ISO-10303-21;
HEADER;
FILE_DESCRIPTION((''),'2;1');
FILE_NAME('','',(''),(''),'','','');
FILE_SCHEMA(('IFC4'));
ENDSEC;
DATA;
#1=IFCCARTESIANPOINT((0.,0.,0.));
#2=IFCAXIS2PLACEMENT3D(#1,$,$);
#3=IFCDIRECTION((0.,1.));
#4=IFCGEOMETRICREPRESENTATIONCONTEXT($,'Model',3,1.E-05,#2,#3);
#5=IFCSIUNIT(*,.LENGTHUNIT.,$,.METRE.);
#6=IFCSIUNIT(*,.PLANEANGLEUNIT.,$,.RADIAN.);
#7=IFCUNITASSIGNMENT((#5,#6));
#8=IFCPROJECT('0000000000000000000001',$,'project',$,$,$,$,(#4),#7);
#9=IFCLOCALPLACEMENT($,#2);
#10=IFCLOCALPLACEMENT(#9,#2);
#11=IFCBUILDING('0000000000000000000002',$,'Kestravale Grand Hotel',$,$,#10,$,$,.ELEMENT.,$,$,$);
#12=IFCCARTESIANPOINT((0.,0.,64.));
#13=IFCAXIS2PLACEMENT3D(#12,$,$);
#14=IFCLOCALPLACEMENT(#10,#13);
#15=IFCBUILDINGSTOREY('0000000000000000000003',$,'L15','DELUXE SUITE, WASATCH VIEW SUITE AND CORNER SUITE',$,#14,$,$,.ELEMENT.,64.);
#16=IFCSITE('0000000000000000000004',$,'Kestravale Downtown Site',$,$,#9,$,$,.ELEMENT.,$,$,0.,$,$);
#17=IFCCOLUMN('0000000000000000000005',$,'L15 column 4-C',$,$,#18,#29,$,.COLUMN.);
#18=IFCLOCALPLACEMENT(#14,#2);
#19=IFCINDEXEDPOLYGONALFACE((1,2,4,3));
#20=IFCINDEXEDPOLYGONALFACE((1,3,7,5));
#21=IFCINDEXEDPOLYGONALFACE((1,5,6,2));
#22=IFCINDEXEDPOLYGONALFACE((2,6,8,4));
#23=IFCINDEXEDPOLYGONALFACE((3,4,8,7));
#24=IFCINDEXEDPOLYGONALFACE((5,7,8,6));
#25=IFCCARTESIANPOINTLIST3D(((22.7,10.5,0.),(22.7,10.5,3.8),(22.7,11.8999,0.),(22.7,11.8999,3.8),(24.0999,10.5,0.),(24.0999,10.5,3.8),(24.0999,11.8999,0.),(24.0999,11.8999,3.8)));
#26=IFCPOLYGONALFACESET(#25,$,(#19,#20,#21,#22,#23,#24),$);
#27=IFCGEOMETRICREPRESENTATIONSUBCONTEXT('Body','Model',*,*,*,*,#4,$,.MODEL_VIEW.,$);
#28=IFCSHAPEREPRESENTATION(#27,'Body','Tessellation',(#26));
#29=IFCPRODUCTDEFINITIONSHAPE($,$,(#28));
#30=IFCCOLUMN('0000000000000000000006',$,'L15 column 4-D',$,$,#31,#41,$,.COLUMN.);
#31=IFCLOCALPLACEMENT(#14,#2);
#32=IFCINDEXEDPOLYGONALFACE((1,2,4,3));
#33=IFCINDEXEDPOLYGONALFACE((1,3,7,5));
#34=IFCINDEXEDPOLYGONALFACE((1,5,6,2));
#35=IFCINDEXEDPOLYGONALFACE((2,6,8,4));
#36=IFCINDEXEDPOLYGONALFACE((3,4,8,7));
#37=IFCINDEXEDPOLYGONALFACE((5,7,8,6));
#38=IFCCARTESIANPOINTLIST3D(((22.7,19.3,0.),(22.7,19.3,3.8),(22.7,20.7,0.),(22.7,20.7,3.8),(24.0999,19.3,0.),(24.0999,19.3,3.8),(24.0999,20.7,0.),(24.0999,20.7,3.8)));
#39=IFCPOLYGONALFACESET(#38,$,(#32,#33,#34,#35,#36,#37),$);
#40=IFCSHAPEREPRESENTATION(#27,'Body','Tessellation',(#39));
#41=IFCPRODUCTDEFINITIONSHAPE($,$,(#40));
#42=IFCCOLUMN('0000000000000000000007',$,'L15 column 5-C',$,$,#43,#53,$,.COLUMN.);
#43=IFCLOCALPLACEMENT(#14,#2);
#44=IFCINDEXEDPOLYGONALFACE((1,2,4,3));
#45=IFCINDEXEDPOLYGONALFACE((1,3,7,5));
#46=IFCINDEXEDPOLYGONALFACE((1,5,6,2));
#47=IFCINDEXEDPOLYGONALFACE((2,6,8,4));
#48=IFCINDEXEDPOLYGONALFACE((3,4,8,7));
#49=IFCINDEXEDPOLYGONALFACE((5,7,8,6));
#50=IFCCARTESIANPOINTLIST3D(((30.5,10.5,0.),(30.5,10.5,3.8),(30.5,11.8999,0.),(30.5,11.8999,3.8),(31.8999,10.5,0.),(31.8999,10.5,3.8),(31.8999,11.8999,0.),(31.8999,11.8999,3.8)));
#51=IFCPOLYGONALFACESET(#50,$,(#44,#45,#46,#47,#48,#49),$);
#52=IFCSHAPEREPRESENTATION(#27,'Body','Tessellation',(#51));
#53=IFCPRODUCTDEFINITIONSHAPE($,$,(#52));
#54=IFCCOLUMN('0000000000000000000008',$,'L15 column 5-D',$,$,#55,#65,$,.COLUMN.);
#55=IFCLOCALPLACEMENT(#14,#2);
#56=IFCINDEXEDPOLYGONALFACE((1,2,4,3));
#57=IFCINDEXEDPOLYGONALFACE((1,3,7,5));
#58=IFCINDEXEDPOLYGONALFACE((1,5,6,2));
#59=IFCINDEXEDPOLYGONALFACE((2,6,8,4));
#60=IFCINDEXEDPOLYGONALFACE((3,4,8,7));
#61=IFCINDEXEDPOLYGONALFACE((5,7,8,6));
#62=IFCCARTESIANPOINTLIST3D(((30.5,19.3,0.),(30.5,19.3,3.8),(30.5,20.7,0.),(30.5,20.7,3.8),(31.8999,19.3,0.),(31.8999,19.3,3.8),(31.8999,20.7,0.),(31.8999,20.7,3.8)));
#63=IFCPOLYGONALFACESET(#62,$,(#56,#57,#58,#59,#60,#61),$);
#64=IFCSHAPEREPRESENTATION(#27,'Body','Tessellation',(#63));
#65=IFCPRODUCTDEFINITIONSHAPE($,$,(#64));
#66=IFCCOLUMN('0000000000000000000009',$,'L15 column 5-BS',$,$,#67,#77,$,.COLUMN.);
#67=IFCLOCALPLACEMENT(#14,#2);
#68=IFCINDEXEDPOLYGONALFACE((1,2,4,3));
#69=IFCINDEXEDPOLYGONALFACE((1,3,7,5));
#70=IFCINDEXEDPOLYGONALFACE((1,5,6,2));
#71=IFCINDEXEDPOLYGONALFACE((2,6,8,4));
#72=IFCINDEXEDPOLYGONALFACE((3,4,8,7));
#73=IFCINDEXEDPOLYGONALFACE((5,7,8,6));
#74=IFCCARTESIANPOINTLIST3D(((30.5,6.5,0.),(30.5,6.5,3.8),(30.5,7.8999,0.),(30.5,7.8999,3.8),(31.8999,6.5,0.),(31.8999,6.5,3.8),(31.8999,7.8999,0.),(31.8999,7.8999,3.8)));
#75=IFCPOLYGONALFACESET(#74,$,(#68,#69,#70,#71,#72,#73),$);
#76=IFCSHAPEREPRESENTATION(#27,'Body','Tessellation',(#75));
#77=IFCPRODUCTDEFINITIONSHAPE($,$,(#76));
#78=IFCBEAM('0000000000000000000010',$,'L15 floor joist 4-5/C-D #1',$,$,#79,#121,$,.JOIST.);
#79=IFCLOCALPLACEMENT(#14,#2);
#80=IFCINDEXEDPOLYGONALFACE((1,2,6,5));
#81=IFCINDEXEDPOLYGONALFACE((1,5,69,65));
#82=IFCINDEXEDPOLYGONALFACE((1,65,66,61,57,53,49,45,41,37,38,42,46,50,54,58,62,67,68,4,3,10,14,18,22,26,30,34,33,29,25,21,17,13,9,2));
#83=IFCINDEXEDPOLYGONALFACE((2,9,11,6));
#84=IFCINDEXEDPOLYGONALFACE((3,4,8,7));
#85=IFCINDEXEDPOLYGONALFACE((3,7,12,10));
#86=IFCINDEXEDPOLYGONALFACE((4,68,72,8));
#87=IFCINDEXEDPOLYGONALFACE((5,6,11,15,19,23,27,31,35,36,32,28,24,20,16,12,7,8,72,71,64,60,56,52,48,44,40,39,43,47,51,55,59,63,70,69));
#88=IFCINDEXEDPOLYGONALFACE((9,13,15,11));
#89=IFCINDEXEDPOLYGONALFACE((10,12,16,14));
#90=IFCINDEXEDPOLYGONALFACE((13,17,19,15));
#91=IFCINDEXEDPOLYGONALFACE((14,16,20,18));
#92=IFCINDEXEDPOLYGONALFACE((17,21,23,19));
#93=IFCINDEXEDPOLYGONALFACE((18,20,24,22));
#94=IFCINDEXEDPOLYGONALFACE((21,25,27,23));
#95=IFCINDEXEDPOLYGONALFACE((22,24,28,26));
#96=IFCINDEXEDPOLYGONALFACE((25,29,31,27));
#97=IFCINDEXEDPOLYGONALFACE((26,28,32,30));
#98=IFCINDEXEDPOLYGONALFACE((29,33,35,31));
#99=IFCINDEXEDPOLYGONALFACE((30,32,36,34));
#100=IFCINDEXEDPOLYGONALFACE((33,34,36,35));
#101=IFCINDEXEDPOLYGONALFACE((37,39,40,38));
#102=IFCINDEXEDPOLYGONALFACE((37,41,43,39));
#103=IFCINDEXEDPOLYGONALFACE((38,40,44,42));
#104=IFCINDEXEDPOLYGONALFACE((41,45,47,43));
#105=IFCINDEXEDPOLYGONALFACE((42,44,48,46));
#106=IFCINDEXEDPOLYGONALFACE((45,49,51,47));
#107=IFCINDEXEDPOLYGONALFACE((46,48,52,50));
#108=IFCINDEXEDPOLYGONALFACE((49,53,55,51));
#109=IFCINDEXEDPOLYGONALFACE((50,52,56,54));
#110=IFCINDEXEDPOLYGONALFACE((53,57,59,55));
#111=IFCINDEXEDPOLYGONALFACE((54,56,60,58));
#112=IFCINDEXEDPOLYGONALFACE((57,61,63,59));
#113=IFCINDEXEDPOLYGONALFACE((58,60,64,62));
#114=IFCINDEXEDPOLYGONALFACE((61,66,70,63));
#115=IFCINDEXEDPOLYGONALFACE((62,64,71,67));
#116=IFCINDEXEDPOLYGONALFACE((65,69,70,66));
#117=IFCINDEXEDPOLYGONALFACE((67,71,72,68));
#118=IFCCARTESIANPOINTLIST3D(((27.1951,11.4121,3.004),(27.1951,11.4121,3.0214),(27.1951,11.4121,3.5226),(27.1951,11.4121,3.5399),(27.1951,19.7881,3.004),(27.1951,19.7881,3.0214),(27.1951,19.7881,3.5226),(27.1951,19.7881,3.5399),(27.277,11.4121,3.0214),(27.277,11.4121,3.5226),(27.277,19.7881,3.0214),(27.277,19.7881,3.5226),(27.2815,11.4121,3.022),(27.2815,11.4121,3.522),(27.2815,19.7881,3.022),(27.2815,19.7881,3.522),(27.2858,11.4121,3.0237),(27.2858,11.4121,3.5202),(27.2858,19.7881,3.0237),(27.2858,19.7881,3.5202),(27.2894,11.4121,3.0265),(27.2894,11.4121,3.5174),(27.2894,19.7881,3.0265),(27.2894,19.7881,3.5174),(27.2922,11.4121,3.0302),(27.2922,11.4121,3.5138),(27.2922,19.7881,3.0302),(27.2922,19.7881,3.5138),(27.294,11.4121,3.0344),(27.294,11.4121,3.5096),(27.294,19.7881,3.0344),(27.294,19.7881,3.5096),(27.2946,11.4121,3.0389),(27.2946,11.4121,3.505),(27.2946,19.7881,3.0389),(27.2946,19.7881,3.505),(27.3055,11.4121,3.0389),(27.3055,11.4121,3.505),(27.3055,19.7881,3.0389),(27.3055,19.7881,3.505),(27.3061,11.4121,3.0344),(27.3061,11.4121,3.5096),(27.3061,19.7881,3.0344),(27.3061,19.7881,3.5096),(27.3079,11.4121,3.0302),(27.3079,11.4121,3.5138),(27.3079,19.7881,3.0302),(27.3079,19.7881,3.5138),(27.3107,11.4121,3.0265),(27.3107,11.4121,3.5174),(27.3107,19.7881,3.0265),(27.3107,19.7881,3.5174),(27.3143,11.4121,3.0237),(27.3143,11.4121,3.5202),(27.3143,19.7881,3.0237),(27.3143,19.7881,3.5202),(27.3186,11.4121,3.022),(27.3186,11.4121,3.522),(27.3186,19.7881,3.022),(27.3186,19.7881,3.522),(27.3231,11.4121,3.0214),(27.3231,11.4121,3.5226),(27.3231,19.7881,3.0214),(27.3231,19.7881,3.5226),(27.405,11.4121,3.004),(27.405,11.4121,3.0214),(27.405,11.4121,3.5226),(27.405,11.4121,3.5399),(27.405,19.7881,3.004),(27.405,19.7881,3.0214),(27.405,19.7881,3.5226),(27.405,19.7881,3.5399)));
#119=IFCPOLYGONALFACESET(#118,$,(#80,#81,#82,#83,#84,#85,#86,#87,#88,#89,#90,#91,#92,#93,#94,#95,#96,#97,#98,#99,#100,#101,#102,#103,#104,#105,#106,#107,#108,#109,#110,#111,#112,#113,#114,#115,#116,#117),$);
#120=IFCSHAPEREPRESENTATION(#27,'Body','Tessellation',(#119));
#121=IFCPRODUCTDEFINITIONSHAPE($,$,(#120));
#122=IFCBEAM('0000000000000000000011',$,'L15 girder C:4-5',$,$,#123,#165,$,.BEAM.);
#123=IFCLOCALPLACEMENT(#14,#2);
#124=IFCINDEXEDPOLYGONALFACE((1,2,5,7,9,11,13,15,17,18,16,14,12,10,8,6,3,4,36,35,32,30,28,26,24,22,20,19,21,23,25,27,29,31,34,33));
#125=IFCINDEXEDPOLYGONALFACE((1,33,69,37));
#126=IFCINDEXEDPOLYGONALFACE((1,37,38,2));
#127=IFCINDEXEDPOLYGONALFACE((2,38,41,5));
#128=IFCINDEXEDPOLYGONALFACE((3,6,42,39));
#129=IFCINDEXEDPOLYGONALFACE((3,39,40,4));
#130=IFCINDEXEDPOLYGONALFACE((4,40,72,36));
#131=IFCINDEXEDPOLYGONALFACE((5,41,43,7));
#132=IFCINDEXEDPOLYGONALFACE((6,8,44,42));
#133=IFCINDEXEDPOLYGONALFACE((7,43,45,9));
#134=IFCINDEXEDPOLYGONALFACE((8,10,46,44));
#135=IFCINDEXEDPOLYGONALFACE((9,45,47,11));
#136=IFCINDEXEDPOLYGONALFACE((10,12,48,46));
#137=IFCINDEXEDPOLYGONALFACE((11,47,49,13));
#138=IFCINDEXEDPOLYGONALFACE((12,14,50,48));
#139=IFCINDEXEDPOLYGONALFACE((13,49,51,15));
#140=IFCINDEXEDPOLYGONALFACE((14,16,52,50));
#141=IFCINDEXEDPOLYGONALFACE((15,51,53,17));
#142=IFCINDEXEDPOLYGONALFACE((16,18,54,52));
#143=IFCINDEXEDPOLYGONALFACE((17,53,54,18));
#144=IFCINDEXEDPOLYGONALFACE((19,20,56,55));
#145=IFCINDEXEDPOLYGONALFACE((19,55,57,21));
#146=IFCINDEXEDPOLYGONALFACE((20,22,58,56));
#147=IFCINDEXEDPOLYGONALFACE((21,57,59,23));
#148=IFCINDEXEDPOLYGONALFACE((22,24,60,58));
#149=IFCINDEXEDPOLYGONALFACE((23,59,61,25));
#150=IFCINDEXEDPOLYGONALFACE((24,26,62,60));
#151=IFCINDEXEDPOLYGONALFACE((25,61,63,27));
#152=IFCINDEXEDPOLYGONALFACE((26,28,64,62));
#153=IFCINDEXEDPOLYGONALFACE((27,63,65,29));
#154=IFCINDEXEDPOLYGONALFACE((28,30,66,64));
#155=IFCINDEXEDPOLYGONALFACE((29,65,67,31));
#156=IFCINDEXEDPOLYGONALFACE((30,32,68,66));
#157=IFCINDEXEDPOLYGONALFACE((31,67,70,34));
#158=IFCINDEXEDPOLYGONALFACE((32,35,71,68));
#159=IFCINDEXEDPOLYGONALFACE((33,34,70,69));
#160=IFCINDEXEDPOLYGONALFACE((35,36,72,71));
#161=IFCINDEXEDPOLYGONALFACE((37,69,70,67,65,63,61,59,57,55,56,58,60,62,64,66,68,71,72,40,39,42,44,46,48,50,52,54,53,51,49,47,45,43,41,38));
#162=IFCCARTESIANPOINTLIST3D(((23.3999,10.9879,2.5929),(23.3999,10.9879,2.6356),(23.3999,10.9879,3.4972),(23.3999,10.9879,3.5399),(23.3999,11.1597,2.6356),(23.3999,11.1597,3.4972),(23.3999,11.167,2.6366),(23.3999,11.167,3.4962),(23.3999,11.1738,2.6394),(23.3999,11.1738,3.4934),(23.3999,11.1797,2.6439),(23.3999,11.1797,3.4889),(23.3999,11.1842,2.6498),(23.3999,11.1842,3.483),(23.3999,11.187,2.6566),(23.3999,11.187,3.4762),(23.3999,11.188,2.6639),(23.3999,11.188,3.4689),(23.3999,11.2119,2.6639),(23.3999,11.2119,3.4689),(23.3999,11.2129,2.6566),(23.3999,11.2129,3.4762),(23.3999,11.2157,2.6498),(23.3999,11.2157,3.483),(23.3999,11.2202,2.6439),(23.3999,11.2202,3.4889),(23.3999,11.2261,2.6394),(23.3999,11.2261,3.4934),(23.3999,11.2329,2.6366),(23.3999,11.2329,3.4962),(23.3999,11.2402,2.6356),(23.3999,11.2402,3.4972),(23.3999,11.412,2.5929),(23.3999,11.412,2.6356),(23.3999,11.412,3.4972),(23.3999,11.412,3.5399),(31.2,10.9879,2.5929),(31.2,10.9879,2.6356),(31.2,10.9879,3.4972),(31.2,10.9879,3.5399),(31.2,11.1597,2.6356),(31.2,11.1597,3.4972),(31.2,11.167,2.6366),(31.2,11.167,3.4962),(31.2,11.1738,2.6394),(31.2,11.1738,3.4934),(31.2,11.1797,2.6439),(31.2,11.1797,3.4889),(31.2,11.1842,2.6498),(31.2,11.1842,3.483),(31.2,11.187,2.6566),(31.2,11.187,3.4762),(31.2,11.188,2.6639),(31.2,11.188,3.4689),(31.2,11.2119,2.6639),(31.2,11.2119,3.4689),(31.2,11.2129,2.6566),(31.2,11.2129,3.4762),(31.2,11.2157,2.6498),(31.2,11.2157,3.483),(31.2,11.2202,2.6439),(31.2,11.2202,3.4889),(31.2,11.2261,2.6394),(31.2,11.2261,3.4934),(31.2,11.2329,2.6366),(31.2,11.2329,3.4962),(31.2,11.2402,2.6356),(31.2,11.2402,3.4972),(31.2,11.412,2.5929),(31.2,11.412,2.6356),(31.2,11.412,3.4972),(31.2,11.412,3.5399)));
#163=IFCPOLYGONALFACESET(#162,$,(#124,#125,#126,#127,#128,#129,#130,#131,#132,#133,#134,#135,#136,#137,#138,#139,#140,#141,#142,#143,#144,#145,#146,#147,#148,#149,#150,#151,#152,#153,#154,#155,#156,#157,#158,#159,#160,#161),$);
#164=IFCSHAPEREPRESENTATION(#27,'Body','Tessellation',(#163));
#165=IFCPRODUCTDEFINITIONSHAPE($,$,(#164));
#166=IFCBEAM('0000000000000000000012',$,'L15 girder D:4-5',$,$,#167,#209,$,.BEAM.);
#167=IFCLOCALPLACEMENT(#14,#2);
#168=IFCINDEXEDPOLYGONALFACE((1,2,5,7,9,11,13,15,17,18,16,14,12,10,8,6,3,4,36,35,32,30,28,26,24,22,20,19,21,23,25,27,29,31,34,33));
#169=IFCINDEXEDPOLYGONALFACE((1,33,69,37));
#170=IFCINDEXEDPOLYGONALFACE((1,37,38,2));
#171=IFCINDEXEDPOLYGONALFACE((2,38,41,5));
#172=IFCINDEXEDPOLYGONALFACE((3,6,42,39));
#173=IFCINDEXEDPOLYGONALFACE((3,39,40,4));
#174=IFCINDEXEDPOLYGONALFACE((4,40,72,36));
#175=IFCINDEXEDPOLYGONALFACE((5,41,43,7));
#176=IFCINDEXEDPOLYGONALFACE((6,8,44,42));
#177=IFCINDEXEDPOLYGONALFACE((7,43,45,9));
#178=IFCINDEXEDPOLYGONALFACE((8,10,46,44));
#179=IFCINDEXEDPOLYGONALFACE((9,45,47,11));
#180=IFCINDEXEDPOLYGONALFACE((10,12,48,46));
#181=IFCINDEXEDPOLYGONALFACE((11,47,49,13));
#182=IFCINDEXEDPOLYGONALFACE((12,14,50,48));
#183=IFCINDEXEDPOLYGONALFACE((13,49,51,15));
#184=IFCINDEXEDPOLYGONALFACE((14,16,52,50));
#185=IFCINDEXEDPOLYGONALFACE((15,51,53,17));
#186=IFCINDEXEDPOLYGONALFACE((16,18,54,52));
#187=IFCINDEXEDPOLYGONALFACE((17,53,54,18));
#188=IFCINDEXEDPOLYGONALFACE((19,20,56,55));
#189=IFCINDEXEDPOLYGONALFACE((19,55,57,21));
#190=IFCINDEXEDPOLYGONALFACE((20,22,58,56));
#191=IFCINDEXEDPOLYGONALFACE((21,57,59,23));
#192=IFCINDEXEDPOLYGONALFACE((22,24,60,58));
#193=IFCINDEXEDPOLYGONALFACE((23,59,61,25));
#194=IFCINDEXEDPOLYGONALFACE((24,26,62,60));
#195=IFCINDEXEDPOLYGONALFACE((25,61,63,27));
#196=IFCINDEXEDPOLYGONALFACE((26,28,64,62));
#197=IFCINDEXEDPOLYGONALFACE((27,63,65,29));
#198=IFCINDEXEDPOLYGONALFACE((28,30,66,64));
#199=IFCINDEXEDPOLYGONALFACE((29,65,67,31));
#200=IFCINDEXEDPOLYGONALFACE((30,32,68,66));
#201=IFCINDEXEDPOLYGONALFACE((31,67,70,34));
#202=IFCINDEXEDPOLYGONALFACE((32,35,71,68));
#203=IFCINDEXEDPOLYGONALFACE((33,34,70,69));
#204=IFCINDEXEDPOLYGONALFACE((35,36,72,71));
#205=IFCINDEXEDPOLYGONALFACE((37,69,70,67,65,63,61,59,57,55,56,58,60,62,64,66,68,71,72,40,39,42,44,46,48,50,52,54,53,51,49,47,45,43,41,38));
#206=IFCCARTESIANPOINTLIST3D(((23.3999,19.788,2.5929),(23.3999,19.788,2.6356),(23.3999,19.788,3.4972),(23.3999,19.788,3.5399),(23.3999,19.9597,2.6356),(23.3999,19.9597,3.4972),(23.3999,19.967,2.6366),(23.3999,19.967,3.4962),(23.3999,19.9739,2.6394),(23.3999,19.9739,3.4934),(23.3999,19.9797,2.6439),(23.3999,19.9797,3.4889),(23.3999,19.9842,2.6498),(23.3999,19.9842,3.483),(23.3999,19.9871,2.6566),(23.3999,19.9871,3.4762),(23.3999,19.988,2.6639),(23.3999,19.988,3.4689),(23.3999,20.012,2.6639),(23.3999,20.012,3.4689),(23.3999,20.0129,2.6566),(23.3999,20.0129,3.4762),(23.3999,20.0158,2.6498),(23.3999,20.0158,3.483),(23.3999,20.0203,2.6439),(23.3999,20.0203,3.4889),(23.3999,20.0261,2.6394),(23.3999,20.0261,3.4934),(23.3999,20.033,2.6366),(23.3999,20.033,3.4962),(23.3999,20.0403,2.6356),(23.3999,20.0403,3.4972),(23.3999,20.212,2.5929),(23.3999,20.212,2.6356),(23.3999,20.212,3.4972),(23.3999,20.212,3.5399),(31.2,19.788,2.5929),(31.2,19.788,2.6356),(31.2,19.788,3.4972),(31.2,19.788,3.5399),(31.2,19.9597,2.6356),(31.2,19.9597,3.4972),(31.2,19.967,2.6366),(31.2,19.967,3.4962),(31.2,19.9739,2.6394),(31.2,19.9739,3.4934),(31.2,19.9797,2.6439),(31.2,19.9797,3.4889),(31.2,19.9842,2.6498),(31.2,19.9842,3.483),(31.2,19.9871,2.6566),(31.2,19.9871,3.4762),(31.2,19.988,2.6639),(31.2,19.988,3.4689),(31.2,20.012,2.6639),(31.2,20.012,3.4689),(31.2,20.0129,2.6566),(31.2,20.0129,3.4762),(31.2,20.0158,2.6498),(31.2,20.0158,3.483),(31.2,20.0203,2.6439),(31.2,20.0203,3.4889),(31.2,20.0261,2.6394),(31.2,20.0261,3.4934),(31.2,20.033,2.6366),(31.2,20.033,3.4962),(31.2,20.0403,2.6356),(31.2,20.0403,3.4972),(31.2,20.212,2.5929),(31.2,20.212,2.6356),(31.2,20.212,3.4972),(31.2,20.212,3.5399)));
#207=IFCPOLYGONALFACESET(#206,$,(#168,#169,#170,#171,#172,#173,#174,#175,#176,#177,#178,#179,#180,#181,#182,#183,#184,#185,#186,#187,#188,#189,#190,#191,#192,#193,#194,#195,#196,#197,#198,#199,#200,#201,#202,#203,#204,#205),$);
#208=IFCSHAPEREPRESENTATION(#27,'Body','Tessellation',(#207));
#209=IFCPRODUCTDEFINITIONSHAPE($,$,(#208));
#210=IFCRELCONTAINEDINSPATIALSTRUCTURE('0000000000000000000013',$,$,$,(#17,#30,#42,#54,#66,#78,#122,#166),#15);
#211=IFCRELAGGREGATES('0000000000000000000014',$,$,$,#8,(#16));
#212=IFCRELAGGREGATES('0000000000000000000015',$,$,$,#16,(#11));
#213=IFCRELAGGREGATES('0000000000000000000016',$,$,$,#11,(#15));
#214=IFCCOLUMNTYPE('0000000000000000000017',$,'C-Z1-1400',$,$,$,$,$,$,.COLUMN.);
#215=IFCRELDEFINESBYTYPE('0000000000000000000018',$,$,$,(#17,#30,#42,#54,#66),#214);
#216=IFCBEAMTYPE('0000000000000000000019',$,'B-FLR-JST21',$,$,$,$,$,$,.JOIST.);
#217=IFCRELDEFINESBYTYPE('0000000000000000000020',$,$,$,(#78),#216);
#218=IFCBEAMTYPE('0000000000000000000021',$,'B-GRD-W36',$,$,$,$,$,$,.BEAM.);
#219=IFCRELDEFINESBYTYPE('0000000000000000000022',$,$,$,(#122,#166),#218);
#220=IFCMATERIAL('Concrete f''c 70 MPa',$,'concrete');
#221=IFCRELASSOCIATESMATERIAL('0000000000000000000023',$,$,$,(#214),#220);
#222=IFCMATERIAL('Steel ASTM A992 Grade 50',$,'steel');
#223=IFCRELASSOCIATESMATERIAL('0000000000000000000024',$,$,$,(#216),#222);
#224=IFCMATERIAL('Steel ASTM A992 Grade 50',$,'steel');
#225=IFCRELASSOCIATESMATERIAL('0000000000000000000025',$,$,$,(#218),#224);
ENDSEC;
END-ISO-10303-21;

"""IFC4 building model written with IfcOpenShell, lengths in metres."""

from ifc_helpers import new_model, si_unit, direction, frame, origin, origin_2d, place, context, subcontext, project, spatial, rectangle, i_section, extrude, material, material_profile, profile_set, type_object, element, save


model = new_model("IFC4")

# Units and contexts
model_context = context("Model", 3, precision=1e-05, world=origin(), true_north=direction((0.0, 1.0)))
body_context = subcontext(model_context, "Body", "Model", "MODEL_VIEW")
ifc_project = project(units=[si_unit("LENGTHUNIT", "METRE"), si_unit("PLANEANGLEUNIT", "RADIAN")], contexts=[model_context])

# Site, building, storey
site_placement = place(None, origin())
site = spatial("IfcSite", under=ifc_project, at=site_placement, Name="Kestravale Downtown Site", CompositionType="ELEMENT", RefElevation=0.0)
building_placement = place(site_placement, origin())
building = spatial("IfcBuilding", under=site, at=building_placement, Name="Kestravale Grand Hotel", CompositionType="ELEMENT")
storey_placement = place(building_placement, frame((0.0, 0.0, 64.0)))
storey = spatial("IfcBuildingStorey", under=building, at=storey_placement, Name="L15", Description="DELUXE SUITE, WASATCH VIEW SUITE AND CORNER SUITE", CompositionType="ELEMENT", Elevation=64.0)

# Columns
ifc_material_1 = material(Name="Concrete f'c 70 MPa", Category="concrete")
ifc_material_profile_1 = material_profile(ifc_material_1, rectangle(XDim=1.3999, YDim=1.3999, at=origin_2d()))
ifc_profile_set_1 = profile_set([ifc_material_profile_1], Name="Concrete f'c 70 MPa")
column_type = type_object("IfcColumnType", Name="C-Z1-1400", PredefinedType="COLUMN", material=ifc_profile_set_1)
for number, where, z_axis, x_axis, name in (
    (1, (23.3999, 11.2, 0.0), (0.0, 0.0, 1.0), (1.0, 0.0, 0.0), "L15 column 4-C"),
    (2, (23.3999, 20.0, 0.0), (0.0, 0.0, 1.0), (1.0, 0.0, 0.0), "L15 column 4-D"),
    (3, (31.2, 11.2, 0.0), (0.0, 0.0, 1.0), (1.0, 0.0, 0.0), "L15 column 5-C"),
    (4, (31.2, 20.0, 0.0), (0.0, 0.0, 1.0), (1.0, 0.0, 0.0), "L15 column 5-D"),
    (5, (31.2, 7.2, 0.0), (0.0, 0.0, 1.0), (1.0, 0.0, 0.0), "L15 column 5-BS"),
):
    element("IfcColumn", number, at=place(storey_placement, frame(where, z_axis=z_axis, x_axis=x_axis)), inside=storey, type_object=column_type, Name=name, PredefinedType="COLUMN", context=body_context, shape_type="SweptSolid", body=[
        extrude(rectangle(XDim=1.3999, YDim=1.3999, at=origin_2d()), origin(), (0.0, 0.0, 1.0), 3.8),
    ])

# Beams
ifc_material_2 = material(Name="Steel ASTM A992 Grade 50", Category="steel")
ifc_material_profile_2 = material_profile(ifc_material_2, i_section(OverallWidth=0.21, OverallDepth=0.5359, WebThickness=0.011, FlangeThickness=0.0173, FilletRadius=0.0176, at=origin_2d()))
ifc_profile_set_2 = profile_set([ifc_material_profile_2], Name="Steel ASTM A992 Grade 50")
beam_type_1 = type_object("IfcBeamType", Name="B-FLR-JST21", PredefinedType="JOIST", material=ifc_profile_set_2)
beam_1_placement = place(storey_placement, frame((27.3, 11.4121, 3.272), z_axis=(0.0, 1.0, 0.0), x_axis=(-1.0, 0.0, 0.0)))
element("IfcBeam", 6, at=beam_1_placement, inside=storey, type_object=beam_type_1, Name="L15 floor joist 4-5/C-D #1", PredefinedType="JOIST", context=body_context, shape_type="SweptSolid", body=[
    extrude(i_section(OverallWidth=0.21, OverallDepth=0.5359, WebThickness=0.011, FlangeThickness=0.0173, FilletRadius=0.0176, at=origin_2d()), origin(), (0.0, 0.0, 1.0), 8.376),
])
ifc_material_3 = material(Name="Steel ASTM A992 Grade 50", Category="steel")
ifc_material_profile_3 = material_profile(ifc_material_3, i_section(OverallWidth=0.4241, OverallDepth=0.947, WebThickness=0.0239, FlangeThickness=0.0427, FilletRadius=0.0283, at=origin_2d()))
ifc_profile_set_3 = profile_set([ifc_material_profile_3], Name="Steel ASTM A992 Grade 50")
beam_type_2 = type_object("IfcBeamType", Name="B-GRD-W36", PredefinedType="BEAM", material=ifc_profile_set_3)
for number, where, z_axis, x_axis, name in (
    (7, (23.3999, 11.2, 3.0664), (1.0, 0.0, 0.0), (0.0, 1.0, 0.0), "L15 girder C:4-5"),
    (8, (23.3999, 20.0, 3.0664), (1.0, 0.0, 0.0), (0.0, 1.0, 0.0), "L15 girder D:4-5"),
):
    element("IfcBeam", number, at=place(storey_placement, frame(where, z_axis=z_axis, x_axis=x_axis)), inside=storey, type_object=beam_type_2, Name=name, PredefinedType="BEAM", context=body_context, shape_type="SweptSolid", body=[
        extrude(i_section(OverallWidth=0.4241, OverallDepth=0.947, WebThickness=0.0239, FlangeThickness=0.0427, FilletRadius=0.0283, at=origin_2d()), origin(), (0.0, 0.0, 1.0), 7.8),
    ])

save(model, "model.ifc")
